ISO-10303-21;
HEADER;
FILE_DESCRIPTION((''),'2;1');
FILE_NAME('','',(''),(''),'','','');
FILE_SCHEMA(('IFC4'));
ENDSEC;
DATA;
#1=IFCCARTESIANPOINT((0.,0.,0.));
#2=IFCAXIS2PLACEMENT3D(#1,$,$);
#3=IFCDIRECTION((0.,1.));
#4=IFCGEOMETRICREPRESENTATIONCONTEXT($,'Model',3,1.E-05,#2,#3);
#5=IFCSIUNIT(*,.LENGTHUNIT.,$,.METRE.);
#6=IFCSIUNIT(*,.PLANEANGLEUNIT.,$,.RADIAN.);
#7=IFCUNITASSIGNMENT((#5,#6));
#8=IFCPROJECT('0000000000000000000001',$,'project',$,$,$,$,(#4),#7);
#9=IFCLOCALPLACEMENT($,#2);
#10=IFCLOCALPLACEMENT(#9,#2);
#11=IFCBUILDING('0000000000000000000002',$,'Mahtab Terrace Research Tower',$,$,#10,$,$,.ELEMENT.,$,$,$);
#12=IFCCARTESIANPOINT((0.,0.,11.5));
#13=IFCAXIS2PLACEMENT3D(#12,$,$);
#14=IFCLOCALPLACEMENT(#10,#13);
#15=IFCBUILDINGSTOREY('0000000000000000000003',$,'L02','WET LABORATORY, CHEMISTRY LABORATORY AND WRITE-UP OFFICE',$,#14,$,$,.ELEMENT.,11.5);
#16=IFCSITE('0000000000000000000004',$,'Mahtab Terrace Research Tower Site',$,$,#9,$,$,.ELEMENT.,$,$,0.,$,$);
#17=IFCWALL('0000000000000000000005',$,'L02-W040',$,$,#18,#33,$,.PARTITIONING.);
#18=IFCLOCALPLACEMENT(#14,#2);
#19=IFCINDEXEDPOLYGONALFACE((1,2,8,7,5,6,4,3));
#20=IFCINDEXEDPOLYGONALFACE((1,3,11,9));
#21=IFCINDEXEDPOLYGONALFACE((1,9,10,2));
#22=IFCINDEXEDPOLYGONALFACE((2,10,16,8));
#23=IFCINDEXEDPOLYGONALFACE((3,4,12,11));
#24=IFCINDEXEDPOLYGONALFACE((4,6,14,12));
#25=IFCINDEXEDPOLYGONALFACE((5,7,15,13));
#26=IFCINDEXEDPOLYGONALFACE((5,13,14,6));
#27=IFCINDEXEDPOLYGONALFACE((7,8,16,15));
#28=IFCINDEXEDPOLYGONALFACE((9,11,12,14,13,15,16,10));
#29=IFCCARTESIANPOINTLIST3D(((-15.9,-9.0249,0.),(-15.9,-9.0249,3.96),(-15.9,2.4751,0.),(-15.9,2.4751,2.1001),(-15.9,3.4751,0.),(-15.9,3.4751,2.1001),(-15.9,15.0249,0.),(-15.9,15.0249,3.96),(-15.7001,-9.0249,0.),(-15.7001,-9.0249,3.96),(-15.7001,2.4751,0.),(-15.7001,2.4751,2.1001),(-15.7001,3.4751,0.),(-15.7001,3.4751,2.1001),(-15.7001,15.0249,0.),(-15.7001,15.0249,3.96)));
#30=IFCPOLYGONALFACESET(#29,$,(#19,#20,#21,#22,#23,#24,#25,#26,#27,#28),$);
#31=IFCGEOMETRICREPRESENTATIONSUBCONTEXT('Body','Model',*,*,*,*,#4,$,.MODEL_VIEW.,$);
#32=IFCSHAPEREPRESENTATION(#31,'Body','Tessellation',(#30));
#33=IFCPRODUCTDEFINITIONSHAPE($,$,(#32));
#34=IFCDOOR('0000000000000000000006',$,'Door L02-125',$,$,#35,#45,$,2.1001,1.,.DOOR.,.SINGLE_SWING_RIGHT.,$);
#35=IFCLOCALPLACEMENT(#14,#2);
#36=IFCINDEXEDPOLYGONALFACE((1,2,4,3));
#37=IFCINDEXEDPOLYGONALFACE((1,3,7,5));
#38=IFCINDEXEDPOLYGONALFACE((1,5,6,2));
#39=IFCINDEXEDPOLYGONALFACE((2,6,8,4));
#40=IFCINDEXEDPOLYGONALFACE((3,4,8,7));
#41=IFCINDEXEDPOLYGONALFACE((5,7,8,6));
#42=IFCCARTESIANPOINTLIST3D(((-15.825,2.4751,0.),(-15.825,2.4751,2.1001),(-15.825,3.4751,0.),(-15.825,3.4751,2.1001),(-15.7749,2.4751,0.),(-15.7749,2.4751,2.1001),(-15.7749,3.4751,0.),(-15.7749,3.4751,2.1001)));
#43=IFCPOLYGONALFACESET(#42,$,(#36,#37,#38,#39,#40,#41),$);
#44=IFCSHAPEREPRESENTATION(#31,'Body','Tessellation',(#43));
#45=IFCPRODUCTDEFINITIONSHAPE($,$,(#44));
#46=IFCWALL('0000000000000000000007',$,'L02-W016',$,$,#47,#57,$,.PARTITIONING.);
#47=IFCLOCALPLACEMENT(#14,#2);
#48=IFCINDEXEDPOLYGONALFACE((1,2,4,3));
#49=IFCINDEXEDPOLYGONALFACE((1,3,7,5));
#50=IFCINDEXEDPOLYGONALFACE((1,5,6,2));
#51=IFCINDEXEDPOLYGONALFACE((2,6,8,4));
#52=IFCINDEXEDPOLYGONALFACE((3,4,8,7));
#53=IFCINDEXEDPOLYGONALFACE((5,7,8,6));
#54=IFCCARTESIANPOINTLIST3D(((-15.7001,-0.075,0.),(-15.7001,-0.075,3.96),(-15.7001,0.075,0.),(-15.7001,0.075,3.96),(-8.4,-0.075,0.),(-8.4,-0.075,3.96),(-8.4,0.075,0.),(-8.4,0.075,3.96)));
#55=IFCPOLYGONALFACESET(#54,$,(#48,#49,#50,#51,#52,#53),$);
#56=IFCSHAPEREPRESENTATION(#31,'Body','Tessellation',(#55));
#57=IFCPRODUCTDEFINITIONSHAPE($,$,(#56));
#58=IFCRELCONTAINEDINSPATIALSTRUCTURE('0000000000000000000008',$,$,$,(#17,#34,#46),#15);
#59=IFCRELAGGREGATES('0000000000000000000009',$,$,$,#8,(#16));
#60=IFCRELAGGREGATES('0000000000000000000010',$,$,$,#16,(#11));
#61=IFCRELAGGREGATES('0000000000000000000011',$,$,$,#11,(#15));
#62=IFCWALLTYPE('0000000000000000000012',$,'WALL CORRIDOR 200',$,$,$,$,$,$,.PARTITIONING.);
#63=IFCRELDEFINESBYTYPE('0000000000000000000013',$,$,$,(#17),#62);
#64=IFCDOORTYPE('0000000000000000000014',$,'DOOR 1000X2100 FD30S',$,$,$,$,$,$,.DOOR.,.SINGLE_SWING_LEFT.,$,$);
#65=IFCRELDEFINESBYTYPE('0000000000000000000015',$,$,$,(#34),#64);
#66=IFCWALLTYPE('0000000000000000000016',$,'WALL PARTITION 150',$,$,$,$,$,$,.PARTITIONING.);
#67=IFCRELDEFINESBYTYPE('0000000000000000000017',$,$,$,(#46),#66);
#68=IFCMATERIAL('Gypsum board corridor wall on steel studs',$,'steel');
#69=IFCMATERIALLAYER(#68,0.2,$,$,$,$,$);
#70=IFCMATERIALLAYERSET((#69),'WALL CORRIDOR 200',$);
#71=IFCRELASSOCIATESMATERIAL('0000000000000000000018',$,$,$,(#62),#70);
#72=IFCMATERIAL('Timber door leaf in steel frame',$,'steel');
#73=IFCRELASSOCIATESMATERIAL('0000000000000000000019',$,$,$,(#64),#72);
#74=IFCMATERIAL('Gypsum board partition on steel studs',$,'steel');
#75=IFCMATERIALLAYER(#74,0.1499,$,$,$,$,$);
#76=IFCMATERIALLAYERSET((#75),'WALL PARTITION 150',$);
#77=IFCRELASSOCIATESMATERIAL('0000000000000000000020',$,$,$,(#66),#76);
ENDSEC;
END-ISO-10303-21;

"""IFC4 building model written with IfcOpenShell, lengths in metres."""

from ifc_helpers import new_model, si_unit, direction, frame, frame_2d, origin, place, context, subcontext, project, spatial, rectangle, extrude, material, layer, layer_set, type_object, element, fill, save


model = new_model("IFC4")

# Units and contexts
model_context = context("Model", 3, precision=1e-05, world=origin(), true_north=direction((0.0, 1.0)))
body_context = subcontext(model_context, "Body", "Model", "MODEL_VIEW")
ifc_project = project(units=[si_unit("LENGTHUNIT", "METRE"), si_unit("PLANEANGLEUNIT", "RADIAN")], contexts=[model_context])

# Site, building, storey
site_placement = place(None, origin())
site = spatial("IfcSite", under=ifc_project, at=site_placement, Name="Mahtab Terrace Research Tower Site", CompositionType="ELEMENT", RefElevation=0.0)
building_placement = place(site_placement, origin())
building = spatial("IfcBuilding", under=site, at=building_placement, Name="Mahtab Terrace Research Tower", CompositionType="ELEMENT")
storey_placement = place(building_placement, frame((0.0, 0.0, 11.5)))
storey = spatial("IfcBuildingStorey", under=building, at=storey_placement, Name="L02", Description="WET LABORATORY, CHEMISTRY LABORATORY AND WRITE-UP OFFICE", CompositionType="ELEMENT", Elevation=11.5)

# Wall, opening, door
ifc_material_1 = material(Name="Gypsum board corridor wall on steel studs", Category="steel")
ifc_layer_1 = layer(ifc_material_1, 0.2)
ifc_layer_set_1 = layer_set([ifc_layer_1], Name="WALL CORRIDOR 200")
wall_type_1 = type_object("IfcWallType", Name="WALL CORRIDOR 200", PredefinedType="PARTITIONING", material=ifc_layer_set_1)
wall_1_placement = place(storey_placement, frame((-15.8, -9.0249, 0.0), z_axis=(0.0, 0.0, 1.0), x_axis=(0.0, 1.0, 0.0)))
wall_1 = element("IfcWall", 1, at=wall_1_placement, inside=storey, type_object=wall_type_1, Name="L02-W040", PredefinedType="PARTITIONING", context=body_context, shape_type="SweptSolid", body=[
    extrude(rectangle(XDim=24.0498, YDim=0.2, at=frame_2d((12.0249, 0.0))), origin(), (0.0, 0.0, 1.0), 3.96),
])
opening_1_placement = place(wall_1_placement, frame((11.5, 0.0, 0.0)))
opening_1 = element("IfcOpeningElement", 2, at=opening_1_placement, cuts=wall_1, PredefinedType="OPENING", context=body_context, shape_type="SweptSolid", body=[
    extrude(rectangle(XDim=1.0, YDim=2.1001, at=frame_2d((0.5, 1.05))), frame((0.0, 0.1099, 0.0), z_axis=(0.0, -1.0, 0.0), x_axis=(1.0, 0.0, 0.0)), (0.0, 0.0, 1.0), 0.22),
])
ifc_material_2 = material(Name="Timber door leaf in steel frame", Category="steel")
door_type_1 = type_object("IfcDoorType", Name="DOOR 1000X2100 FD30S", OperationType="SINGLE_SWING_LEFT", PredefinedType="DOOR", material=ifc_material_2)
door_1_placement = place(opening_1_placement, origin())
door_1 = element("IfcDoor", 3, at=door_1_placement, inside=storey, type_object=door_type_1, Name="Door L02-125", OperationType="SINGLE_SWING_RIGHT", OverallHeight=2.1001, OverallWidth=1.0, PredefinedType="DOOR", context=body_context, shape_type="SweptSolid", body=[
    extrude(rectangle(XDim=1.0, YDim=2.1001, at=frame_2d((0.5, 1.05))), frame((0.0, 0.0249, 0.0), z_axis=(0.0, -1.0, 0.0), x_axis=(1.0, 0.0, 0.0)), (0.0, 0.0, 1.0), 0.05),
])
fill(opening_1, door_1)

# Wall
ifc_material_3 = material(Name="Gypsum board partition on steel studs", Category="steel")
ifc_layer_2 = layer(ifc_material_3, 0.1499)
ifc_layer_set_2 = layer_set([ifc_layer_2], Name="WALL PARTITION 150")
wall_type_2 = type_object("IfcWallType", Name="WALL PARTITION 150", PredefinedType="PARTITIONING", material=ifc_layer_set_2)
wall_2_placement = place(storey_placement, frame((-15.7, 0.0, 0.0), z_axis=(0.0, 0.0, 1.0), x_axis=(1.0, 0.0, 0.0)))
element("IfcWall", 4, at=wall_2_placement, inside=storey, type_object=wall_type_2, Name="L02-W016", PredefinedType="PARTITIONING", context=body_context, shape_type="SweptSolid", body=[
    extrude(rectangle(XDim=7.3, YDim=0.1499, at=frame_2d((3.6499, 0.0))), origin(), (0.0, 0.0, 1.0), 3.96),
])

save(model, "model.ifc")
